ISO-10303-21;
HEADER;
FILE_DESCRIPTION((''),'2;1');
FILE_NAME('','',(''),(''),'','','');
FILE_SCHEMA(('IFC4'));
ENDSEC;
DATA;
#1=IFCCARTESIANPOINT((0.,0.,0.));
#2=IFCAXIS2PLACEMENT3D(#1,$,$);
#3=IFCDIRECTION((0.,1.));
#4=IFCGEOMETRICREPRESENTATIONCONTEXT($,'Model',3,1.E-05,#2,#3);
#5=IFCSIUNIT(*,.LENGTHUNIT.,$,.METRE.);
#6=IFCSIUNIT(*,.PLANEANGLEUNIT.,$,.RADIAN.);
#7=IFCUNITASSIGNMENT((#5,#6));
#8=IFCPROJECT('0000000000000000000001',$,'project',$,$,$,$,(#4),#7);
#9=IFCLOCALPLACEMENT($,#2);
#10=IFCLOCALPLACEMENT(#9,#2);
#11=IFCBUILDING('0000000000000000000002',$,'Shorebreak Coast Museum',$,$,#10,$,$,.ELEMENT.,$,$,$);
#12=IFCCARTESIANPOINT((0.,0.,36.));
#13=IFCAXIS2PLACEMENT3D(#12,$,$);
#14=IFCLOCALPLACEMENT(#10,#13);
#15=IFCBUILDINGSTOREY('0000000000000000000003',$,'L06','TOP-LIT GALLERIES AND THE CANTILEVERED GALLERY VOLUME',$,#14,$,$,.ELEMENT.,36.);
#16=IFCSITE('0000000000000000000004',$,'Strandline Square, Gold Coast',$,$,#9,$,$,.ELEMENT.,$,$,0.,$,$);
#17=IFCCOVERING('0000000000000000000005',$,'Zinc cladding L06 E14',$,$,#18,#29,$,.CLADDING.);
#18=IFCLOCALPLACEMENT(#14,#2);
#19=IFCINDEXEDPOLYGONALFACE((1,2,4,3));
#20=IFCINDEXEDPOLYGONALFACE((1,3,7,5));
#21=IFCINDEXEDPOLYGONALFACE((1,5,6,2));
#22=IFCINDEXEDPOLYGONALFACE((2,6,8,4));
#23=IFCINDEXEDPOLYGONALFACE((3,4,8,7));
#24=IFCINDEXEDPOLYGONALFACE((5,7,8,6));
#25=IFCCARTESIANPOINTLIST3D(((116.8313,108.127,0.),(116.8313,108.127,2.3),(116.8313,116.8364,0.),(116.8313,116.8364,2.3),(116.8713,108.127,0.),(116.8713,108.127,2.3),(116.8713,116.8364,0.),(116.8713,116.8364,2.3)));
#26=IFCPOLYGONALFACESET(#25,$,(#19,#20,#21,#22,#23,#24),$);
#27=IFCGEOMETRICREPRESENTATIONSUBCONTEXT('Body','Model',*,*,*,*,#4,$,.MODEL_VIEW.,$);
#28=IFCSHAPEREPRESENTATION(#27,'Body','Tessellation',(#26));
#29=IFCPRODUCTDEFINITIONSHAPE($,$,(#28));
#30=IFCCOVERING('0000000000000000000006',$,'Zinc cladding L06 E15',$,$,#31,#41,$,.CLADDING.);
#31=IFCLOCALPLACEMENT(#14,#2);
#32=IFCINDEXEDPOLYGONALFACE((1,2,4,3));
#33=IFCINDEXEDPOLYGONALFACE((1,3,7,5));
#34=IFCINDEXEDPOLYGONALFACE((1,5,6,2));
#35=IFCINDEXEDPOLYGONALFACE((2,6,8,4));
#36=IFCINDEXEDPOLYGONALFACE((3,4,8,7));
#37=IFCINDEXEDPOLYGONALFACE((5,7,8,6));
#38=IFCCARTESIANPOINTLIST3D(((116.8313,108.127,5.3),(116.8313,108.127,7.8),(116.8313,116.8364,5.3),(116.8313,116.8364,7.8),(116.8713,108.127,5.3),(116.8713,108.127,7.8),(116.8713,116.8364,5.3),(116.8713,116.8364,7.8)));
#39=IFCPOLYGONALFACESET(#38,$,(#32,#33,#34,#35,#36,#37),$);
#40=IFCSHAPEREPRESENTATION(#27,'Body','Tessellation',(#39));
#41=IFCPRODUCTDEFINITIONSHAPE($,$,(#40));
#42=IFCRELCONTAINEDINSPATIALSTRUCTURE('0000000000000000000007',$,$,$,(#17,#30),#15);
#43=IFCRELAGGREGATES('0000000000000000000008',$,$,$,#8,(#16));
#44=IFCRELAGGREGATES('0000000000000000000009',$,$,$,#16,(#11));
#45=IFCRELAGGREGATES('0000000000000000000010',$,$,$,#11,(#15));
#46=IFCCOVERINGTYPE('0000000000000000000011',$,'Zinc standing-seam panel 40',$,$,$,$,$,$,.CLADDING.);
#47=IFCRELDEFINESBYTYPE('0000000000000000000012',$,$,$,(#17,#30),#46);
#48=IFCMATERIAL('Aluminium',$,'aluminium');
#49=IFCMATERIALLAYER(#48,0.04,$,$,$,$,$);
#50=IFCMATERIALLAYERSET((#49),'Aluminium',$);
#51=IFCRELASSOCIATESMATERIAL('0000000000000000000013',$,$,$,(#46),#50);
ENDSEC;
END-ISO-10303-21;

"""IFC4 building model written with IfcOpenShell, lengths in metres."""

from ifc_helpers import new_model, si_unit, direction, frame, origin, origin_2d, place, context, subcontext, project, spatial, rectangle, extrude, material, layer, layer_set, type_object, element, save


model = new_model("IFC4")

# Units and contexts
model_context = context("Model", 3, precision=1e-05, world=origin(), true_north=direction((0.0, 1.0)))
body_context = subcontext(model_context, "Body", "Model", "MODEL_VIEW")
ifc_project = project(units=[si_unit("LENGTHUNIT", "METRE"), si_unit("PLANEANGLEUNIT", "RADIAN")], contexts=[model_context])

# Site, building, storey
site_placement = place(None, origin())
site = spatial("IfcSite", under=ifc_project, at=site_placement, Name="Strandline Square, Gold Coast", CompositionType="ELEMENT", RefElevation=0.0)
building_placement = place(site_placement, origin())
building = spatial("IfcBuilding", under=site, at=building_placement, Name="Shorebreak Coast Museum", CompositionType="ELEMENT")
storey_placement = place(building_placement, frame((0.0, 0.0, 36.0)))
storey = spatial("IfcBuildingStorey", under=building, at=storey_placement, Name="L06", Description="TOP-LIT GALLERIES AND THE CANTILEVERED GALLERY VOLUME", CompositionType="ELEMENT", Elevation=36.0)

# Coverings
ifc_material_1 = material(Name="Aluminium", Category="aluminium")
ifc_layer_1 = layer(ifc_material_1, 0.04)
ifc_layer_set_1 = layer_set([ifc_layer_1], Name="Aluminium")
covering_type = type_object("IfcCoveringType", Name="Zinc standing-seam panel 40", PredefinedType="CLADDING", material=ifc_layer_set_1)
covering_1_placement = place(storey_placement, frame((116.8513, 112.4817, 0.0), z_axis=(0.0, 0.0, 1.0), x_axis=(1.0, 0.0, 0.0)))
element("IfcCovering", 1, at=covering_1_placement, inside=storey, type_object=covering_type, Name="Zinc cladding L06 E14", PredefinedType="CLADDING", context=body_context, shape_type="SweptSolid", body=[
    extrude(rectangle(XDim=0.04, YDim=8.7095, at=origin_2d()), origin(), (0.0, 0.0, 1.0), 2.3),
])
covering_2_placement = place(storey_placement, frame((116.8513, 112.4817, 5.3), z_axis=(0.0, 0.0, 1.0), x_axis=(1.0, 0.0, 0.0)))
element("IfcCovering", 2, at=covering_2_placement, inside=storey, type_object=covering_type, Name="Zinc cladding L06 E15", PredefinedType="CLADDING", context=body_context, shape_type="SweptSolid", body=[
    extrude(rectangle(XDim=0.04, YDim=8.7095, at=origin_2d()), origin(), (0.0, 0.0, 1.0), 2.5),
])

save(model, "model.ifc")
